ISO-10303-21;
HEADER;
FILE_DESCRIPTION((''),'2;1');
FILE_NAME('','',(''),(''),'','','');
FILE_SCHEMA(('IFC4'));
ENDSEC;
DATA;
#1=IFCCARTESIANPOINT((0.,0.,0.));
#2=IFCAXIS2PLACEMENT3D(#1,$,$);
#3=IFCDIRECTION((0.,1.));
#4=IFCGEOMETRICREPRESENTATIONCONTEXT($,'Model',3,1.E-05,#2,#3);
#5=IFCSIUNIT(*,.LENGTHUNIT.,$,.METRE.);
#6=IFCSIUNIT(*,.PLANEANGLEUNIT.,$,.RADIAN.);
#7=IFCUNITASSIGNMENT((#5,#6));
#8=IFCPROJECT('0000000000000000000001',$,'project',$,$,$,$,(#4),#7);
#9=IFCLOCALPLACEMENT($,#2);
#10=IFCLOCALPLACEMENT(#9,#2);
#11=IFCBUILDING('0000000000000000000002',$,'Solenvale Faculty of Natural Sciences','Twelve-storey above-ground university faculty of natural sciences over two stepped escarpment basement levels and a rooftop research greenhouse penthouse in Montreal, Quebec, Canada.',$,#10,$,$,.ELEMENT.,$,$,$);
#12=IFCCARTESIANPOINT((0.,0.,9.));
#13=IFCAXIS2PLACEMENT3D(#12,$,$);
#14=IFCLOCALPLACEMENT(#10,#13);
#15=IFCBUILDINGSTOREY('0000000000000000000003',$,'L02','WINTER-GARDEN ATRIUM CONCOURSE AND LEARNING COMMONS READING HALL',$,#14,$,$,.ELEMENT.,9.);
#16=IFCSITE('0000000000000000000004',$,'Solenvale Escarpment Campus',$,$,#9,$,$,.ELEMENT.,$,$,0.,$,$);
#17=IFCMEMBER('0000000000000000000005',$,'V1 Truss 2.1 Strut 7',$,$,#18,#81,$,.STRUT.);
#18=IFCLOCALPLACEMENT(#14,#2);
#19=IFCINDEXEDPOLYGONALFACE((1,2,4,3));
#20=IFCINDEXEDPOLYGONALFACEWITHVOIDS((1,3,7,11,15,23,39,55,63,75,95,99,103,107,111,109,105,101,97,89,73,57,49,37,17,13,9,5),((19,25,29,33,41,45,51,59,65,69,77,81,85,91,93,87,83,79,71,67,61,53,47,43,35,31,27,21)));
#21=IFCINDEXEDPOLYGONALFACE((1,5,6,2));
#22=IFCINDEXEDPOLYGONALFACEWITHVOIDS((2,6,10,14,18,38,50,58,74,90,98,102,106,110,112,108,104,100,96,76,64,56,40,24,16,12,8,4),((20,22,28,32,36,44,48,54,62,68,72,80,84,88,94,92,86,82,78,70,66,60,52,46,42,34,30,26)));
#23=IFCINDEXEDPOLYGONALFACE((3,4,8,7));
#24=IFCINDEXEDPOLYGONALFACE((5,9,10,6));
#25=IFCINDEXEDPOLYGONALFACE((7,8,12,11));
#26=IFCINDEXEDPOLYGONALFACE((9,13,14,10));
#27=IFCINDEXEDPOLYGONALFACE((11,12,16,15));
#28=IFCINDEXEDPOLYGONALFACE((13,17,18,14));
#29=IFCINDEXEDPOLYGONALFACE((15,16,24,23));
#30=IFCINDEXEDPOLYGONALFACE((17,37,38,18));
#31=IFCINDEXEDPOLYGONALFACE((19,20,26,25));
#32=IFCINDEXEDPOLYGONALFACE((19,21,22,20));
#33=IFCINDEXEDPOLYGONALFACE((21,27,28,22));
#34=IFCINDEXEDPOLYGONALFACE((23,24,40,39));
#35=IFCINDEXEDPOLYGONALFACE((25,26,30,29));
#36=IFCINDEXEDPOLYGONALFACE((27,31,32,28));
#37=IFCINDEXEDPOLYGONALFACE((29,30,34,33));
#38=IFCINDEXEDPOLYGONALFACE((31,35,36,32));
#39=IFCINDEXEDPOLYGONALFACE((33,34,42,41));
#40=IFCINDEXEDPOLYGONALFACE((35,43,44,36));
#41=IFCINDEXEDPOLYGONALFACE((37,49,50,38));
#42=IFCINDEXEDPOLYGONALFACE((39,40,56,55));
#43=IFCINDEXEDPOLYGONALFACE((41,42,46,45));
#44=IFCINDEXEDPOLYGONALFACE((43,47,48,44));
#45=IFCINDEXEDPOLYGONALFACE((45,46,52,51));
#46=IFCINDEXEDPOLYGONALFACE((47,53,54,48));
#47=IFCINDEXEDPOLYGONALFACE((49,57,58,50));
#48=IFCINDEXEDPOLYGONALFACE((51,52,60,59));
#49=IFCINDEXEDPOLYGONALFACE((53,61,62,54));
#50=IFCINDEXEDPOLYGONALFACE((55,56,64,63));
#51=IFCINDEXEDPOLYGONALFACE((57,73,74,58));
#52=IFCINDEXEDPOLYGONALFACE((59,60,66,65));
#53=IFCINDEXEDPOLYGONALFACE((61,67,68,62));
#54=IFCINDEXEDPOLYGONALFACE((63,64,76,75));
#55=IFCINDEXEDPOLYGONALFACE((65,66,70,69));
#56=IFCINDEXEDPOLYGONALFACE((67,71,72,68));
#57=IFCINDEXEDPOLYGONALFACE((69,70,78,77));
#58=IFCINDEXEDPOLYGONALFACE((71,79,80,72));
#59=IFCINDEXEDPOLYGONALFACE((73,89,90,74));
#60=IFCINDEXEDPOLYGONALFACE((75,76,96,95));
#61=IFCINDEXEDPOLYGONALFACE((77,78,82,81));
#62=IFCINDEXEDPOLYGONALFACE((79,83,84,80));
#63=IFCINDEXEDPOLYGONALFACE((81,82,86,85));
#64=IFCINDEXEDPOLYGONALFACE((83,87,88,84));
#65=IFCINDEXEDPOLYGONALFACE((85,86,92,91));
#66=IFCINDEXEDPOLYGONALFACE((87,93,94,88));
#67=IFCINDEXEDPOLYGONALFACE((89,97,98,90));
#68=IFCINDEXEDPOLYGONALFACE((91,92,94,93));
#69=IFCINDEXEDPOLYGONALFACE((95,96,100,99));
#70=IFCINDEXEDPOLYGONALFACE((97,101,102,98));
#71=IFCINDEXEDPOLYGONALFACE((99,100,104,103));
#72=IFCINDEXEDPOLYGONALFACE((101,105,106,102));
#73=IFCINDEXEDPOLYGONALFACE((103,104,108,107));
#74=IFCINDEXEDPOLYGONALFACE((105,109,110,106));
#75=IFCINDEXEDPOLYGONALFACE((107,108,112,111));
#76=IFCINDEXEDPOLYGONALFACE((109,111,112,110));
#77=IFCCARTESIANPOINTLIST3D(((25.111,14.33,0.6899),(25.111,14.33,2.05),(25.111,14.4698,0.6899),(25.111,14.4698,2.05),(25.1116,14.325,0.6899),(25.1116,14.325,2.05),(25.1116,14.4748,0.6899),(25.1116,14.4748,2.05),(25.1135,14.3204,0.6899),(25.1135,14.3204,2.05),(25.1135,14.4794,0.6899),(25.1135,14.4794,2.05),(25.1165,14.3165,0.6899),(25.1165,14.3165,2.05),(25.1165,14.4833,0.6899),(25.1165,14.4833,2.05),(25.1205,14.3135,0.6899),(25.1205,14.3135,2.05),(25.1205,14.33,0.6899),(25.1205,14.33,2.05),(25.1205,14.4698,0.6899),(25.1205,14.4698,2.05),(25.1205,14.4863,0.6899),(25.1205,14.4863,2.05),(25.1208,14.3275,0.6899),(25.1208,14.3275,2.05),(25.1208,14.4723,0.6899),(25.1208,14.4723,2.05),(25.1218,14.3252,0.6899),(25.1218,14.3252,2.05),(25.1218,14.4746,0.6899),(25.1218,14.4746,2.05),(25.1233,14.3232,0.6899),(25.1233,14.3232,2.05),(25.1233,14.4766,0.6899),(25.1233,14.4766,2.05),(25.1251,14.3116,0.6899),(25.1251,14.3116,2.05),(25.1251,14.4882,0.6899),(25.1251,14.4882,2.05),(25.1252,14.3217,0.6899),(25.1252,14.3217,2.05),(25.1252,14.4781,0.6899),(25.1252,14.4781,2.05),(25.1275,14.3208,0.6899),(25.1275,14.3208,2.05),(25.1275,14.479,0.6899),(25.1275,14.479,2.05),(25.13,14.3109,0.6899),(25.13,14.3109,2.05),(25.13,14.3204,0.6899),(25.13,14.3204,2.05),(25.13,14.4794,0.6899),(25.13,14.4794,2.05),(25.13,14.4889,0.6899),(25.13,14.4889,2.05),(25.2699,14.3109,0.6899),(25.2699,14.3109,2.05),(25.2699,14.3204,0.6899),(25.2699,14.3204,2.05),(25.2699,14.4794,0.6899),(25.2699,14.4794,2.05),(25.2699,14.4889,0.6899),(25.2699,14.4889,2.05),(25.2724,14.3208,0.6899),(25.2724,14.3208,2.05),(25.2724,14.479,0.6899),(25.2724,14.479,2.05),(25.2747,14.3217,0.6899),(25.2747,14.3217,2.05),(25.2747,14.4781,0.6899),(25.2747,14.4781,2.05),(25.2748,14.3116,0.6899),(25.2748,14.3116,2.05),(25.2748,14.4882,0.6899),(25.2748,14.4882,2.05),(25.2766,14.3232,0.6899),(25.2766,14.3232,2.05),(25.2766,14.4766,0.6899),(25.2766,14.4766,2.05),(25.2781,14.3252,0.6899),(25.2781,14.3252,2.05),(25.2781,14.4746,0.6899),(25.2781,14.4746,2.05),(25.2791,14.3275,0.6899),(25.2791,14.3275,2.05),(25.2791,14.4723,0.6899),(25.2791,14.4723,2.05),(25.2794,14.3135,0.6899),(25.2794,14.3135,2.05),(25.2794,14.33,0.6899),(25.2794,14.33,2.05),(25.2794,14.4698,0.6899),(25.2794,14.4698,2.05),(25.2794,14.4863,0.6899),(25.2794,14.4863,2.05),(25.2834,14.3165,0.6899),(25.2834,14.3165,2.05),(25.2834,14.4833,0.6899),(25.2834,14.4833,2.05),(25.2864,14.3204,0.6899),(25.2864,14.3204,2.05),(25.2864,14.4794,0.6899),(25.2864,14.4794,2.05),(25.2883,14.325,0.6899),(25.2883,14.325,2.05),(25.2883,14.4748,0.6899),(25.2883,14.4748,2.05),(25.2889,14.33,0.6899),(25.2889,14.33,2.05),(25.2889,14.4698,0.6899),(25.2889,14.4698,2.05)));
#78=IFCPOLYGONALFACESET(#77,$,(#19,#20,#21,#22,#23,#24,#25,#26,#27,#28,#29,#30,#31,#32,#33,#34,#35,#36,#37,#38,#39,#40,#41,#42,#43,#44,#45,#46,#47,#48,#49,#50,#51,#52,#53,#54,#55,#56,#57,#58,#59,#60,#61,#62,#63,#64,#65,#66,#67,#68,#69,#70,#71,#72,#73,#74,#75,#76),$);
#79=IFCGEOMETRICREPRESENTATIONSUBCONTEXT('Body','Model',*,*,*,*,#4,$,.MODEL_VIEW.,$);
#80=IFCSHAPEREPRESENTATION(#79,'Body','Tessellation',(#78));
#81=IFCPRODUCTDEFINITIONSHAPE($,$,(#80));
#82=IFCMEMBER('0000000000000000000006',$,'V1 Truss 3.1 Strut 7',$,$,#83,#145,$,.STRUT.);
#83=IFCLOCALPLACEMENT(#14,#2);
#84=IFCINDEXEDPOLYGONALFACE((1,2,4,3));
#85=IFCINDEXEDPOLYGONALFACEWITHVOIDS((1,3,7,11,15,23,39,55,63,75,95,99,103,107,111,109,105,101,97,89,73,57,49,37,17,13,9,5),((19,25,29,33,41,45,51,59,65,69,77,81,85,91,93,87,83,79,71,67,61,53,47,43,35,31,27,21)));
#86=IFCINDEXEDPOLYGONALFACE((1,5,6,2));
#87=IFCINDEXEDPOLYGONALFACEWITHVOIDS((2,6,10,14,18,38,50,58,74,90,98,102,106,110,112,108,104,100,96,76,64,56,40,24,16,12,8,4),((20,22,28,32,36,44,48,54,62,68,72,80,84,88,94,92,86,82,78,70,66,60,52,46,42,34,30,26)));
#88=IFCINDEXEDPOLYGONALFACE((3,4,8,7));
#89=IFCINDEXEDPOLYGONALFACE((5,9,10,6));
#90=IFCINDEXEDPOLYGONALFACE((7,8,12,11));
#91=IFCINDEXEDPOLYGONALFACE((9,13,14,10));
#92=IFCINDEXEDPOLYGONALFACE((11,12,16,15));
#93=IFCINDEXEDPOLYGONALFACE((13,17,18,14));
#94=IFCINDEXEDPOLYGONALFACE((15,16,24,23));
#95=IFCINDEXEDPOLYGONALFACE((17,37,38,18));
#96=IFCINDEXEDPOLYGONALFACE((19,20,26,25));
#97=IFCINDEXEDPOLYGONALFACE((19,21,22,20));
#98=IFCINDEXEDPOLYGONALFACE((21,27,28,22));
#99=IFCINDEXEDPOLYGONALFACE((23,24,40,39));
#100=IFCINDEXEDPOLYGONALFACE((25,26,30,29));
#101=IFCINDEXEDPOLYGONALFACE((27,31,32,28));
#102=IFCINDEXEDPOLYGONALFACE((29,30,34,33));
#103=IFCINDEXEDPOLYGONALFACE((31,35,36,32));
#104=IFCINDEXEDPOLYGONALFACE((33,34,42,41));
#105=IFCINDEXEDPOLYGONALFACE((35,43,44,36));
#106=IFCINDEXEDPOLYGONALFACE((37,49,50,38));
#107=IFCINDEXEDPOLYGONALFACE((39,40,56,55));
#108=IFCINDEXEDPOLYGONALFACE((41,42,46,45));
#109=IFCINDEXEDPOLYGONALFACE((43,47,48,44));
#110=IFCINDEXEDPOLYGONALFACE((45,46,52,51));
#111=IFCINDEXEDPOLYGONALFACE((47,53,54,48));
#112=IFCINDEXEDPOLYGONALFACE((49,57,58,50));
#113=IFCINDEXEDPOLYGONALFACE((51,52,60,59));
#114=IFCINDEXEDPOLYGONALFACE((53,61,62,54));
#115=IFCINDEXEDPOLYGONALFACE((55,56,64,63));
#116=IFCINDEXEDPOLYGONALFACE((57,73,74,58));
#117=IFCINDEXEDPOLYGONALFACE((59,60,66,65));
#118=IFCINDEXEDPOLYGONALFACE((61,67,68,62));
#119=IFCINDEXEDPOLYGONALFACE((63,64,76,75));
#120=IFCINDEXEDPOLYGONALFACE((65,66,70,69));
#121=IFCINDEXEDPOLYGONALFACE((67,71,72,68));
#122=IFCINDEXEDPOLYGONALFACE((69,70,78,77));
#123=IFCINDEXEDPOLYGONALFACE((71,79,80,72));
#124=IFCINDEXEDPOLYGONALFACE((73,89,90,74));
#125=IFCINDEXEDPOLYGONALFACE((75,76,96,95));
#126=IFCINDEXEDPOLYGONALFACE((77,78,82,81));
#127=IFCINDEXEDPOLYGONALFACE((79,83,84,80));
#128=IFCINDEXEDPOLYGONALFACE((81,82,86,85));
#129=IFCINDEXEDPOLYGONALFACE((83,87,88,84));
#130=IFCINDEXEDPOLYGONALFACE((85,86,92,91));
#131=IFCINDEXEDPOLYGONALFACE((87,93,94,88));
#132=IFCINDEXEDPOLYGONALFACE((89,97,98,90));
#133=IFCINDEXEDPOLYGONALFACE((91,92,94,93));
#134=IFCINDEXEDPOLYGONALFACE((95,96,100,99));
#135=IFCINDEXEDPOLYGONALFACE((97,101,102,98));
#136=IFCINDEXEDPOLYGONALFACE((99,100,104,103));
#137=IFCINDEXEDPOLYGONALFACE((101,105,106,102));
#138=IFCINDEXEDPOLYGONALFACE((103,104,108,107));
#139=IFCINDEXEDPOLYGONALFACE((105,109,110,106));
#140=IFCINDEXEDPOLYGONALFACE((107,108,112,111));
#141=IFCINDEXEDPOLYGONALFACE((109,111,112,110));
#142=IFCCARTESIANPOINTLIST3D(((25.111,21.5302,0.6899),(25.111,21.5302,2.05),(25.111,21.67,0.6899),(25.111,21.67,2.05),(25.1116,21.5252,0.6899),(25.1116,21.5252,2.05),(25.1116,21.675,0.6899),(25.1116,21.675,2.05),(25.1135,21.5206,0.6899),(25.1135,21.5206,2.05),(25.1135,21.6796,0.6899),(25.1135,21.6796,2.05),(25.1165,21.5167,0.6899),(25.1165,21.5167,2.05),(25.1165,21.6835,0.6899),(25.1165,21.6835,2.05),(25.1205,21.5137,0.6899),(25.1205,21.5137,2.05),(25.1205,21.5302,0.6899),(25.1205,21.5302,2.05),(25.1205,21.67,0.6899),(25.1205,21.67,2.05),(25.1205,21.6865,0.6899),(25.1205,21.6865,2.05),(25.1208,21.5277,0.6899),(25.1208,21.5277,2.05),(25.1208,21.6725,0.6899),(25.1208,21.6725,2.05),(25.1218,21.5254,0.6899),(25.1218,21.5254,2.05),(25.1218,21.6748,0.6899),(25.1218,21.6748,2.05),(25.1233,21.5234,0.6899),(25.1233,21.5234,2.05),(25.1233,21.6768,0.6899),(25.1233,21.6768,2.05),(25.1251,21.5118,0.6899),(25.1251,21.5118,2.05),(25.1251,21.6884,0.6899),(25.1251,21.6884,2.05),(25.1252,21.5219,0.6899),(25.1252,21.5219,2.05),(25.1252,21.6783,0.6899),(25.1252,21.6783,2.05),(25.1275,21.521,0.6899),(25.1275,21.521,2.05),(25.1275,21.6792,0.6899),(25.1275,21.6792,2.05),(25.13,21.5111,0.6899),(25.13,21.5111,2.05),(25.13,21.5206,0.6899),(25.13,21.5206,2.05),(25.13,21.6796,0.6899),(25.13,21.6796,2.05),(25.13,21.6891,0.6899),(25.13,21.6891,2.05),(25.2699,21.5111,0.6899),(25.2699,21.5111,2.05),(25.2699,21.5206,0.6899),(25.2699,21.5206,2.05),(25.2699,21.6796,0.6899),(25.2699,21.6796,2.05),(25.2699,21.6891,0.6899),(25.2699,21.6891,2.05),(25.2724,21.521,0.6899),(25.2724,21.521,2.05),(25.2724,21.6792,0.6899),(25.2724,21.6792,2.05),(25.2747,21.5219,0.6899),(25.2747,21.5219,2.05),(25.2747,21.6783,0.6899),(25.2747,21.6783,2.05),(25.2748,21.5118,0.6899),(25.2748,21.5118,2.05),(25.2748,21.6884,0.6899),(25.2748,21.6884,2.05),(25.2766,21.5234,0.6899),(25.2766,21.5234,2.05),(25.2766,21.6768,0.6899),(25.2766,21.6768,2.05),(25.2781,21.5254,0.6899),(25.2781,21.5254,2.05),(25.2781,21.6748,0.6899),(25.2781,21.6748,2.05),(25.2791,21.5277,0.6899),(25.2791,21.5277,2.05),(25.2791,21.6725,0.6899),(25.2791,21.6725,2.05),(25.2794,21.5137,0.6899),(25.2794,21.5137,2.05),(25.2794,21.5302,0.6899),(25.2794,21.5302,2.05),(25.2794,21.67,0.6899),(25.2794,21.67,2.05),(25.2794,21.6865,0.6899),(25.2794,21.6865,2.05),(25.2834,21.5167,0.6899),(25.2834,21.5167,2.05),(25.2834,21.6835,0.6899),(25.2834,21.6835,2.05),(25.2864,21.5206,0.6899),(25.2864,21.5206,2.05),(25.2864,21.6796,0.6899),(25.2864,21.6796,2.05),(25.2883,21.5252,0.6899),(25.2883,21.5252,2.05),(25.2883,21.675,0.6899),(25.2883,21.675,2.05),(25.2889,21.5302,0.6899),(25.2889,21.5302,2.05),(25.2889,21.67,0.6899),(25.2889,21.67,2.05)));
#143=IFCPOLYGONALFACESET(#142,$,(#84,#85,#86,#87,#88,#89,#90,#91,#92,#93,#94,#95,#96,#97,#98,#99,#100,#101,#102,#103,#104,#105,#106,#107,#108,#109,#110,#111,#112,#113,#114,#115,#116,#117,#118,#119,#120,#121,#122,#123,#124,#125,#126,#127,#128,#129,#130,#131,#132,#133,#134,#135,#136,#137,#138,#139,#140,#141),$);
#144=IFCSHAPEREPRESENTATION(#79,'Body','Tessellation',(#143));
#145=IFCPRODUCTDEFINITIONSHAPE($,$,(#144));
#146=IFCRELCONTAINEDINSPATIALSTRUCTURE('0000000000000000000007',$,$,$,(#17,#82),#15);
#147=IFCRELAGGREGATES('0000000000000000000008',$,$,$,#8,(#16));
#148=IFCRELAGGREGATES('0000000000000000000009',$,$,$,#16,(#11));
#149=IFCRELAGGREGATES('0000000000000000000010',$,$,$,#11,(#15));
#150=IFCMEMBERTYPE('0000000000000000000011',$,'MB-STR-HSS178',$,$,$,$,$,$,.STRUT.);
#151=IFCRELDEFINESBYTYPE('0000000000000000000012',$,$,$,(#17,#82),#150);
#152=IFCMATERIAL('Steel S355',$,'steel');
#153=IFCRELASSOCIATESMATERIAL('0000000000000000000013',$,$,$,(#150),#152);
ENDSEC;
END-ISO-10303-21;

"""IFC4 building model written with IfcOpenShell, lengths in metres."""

from ifc_helpers import new_model, si_unit, direction, frame, origin, origin_2d, place, context, subcontext, project, spatial, hollow_rectangle, extrude, material, material_profile, profile_set, type_object, element, save


model = new_model("IFC4")

# Units and contexts
model_context = context("Model", 3, precision=1e-05, world=origin(), true_north=direction((0.0, 1.0)))
body_context = subcontext(model_context, "Body", "Model", "MODEL_VIEW")
ifc_project = project(units=[si_unit("LENGTHUNIT", "METRE"), si_unit("PLANEANGLEUNIT", "RADIAN")], contexts=[model_context])

# Site, building, storey
site_placement = place(None, origin())
site = spatial("IfcSite", under=ifc_project, at=site_placement, Name="Solenvale Escarpment Campus", CompositionType="ELEMENT", RefElevation=0.0)
building_placement = place(site_placement, origin())
building = spatial("IfcBuilding", under=site, at=building_placement, Name="Solenvale Faculty of Natural Sciences", Description="Twelve-storey above-ground university faculty of natural sciences over two stepped escarpment basement levels and a rooftop research greenhouse penthouse in Montreal, Quebec, Canada.", CompositionType="ELEMENT")
storey_placement = place(building_placement, frame((0.0, 0.0, 9.0)))
storey = spatial("IfcBuildingStorey", under=building, at=storey_placement, Name="L02", Description="WINTER-GARDEN ATRIUM CONCOURSE AND LEARNING COMMONS READING HALL", CompositionType="ELEMENT", Elevation=9.0)

# Members
ifc_material_1 = material(Name="Steel S355", Category="steel")
ifc_material_profile_1 = material_profile(ifc_material_1, hollow_rectangle(XDim=0.178, YDim=0.178, WallThickness=0.0095, InnerFilletRadius=0.0095, OuterFilletRadius=0.019, at=origin_2d()), Name="HSS178x178x9.5")
ifc_profile_set_1 = profile_set([ifc_material_profile_1], Name="Steel S355")
member_type_1 = type_object("IfcMemberType", Name="MB-STR-HSS178", PredefinedType="STRUT", material=ifc_profile_set_1)
for number, where, z_axis, x_axis, name in (
    (1, (25.2, 14.3999, 0.6899), (0.0, 0.0, 1.0), (1.0, 0.0, 0.0), "V1 Truss 2.1 Strut 7"),
    (2, (25.2, 21.6001, 0.6899), (0.0, 0.0, 1.0), (1.0, 0.0, 0.0), "V1 Truss 3.1 Strut 7"),
):
    element("IfcMember", number, at=place(storey_placement, frame(where, z_axis=z_axis, x_axis=x_axis)), inside=storey, type_object=member_type_1, Name=name, PredefinedType="STRUT", context=body_context, shape_type="SweptSolid", body=[
        extrude(hollow_rectangle(XDim=0.178, YDim=0.178, WallThickness=0.0095, InnerFilletRadius=0.0095, OuterFilletRadius=0.019, at=origin_2d()), origin(), (0.0, 0.0, 1.0), 1.3601),
    ])

save(model, "model.ifc")
